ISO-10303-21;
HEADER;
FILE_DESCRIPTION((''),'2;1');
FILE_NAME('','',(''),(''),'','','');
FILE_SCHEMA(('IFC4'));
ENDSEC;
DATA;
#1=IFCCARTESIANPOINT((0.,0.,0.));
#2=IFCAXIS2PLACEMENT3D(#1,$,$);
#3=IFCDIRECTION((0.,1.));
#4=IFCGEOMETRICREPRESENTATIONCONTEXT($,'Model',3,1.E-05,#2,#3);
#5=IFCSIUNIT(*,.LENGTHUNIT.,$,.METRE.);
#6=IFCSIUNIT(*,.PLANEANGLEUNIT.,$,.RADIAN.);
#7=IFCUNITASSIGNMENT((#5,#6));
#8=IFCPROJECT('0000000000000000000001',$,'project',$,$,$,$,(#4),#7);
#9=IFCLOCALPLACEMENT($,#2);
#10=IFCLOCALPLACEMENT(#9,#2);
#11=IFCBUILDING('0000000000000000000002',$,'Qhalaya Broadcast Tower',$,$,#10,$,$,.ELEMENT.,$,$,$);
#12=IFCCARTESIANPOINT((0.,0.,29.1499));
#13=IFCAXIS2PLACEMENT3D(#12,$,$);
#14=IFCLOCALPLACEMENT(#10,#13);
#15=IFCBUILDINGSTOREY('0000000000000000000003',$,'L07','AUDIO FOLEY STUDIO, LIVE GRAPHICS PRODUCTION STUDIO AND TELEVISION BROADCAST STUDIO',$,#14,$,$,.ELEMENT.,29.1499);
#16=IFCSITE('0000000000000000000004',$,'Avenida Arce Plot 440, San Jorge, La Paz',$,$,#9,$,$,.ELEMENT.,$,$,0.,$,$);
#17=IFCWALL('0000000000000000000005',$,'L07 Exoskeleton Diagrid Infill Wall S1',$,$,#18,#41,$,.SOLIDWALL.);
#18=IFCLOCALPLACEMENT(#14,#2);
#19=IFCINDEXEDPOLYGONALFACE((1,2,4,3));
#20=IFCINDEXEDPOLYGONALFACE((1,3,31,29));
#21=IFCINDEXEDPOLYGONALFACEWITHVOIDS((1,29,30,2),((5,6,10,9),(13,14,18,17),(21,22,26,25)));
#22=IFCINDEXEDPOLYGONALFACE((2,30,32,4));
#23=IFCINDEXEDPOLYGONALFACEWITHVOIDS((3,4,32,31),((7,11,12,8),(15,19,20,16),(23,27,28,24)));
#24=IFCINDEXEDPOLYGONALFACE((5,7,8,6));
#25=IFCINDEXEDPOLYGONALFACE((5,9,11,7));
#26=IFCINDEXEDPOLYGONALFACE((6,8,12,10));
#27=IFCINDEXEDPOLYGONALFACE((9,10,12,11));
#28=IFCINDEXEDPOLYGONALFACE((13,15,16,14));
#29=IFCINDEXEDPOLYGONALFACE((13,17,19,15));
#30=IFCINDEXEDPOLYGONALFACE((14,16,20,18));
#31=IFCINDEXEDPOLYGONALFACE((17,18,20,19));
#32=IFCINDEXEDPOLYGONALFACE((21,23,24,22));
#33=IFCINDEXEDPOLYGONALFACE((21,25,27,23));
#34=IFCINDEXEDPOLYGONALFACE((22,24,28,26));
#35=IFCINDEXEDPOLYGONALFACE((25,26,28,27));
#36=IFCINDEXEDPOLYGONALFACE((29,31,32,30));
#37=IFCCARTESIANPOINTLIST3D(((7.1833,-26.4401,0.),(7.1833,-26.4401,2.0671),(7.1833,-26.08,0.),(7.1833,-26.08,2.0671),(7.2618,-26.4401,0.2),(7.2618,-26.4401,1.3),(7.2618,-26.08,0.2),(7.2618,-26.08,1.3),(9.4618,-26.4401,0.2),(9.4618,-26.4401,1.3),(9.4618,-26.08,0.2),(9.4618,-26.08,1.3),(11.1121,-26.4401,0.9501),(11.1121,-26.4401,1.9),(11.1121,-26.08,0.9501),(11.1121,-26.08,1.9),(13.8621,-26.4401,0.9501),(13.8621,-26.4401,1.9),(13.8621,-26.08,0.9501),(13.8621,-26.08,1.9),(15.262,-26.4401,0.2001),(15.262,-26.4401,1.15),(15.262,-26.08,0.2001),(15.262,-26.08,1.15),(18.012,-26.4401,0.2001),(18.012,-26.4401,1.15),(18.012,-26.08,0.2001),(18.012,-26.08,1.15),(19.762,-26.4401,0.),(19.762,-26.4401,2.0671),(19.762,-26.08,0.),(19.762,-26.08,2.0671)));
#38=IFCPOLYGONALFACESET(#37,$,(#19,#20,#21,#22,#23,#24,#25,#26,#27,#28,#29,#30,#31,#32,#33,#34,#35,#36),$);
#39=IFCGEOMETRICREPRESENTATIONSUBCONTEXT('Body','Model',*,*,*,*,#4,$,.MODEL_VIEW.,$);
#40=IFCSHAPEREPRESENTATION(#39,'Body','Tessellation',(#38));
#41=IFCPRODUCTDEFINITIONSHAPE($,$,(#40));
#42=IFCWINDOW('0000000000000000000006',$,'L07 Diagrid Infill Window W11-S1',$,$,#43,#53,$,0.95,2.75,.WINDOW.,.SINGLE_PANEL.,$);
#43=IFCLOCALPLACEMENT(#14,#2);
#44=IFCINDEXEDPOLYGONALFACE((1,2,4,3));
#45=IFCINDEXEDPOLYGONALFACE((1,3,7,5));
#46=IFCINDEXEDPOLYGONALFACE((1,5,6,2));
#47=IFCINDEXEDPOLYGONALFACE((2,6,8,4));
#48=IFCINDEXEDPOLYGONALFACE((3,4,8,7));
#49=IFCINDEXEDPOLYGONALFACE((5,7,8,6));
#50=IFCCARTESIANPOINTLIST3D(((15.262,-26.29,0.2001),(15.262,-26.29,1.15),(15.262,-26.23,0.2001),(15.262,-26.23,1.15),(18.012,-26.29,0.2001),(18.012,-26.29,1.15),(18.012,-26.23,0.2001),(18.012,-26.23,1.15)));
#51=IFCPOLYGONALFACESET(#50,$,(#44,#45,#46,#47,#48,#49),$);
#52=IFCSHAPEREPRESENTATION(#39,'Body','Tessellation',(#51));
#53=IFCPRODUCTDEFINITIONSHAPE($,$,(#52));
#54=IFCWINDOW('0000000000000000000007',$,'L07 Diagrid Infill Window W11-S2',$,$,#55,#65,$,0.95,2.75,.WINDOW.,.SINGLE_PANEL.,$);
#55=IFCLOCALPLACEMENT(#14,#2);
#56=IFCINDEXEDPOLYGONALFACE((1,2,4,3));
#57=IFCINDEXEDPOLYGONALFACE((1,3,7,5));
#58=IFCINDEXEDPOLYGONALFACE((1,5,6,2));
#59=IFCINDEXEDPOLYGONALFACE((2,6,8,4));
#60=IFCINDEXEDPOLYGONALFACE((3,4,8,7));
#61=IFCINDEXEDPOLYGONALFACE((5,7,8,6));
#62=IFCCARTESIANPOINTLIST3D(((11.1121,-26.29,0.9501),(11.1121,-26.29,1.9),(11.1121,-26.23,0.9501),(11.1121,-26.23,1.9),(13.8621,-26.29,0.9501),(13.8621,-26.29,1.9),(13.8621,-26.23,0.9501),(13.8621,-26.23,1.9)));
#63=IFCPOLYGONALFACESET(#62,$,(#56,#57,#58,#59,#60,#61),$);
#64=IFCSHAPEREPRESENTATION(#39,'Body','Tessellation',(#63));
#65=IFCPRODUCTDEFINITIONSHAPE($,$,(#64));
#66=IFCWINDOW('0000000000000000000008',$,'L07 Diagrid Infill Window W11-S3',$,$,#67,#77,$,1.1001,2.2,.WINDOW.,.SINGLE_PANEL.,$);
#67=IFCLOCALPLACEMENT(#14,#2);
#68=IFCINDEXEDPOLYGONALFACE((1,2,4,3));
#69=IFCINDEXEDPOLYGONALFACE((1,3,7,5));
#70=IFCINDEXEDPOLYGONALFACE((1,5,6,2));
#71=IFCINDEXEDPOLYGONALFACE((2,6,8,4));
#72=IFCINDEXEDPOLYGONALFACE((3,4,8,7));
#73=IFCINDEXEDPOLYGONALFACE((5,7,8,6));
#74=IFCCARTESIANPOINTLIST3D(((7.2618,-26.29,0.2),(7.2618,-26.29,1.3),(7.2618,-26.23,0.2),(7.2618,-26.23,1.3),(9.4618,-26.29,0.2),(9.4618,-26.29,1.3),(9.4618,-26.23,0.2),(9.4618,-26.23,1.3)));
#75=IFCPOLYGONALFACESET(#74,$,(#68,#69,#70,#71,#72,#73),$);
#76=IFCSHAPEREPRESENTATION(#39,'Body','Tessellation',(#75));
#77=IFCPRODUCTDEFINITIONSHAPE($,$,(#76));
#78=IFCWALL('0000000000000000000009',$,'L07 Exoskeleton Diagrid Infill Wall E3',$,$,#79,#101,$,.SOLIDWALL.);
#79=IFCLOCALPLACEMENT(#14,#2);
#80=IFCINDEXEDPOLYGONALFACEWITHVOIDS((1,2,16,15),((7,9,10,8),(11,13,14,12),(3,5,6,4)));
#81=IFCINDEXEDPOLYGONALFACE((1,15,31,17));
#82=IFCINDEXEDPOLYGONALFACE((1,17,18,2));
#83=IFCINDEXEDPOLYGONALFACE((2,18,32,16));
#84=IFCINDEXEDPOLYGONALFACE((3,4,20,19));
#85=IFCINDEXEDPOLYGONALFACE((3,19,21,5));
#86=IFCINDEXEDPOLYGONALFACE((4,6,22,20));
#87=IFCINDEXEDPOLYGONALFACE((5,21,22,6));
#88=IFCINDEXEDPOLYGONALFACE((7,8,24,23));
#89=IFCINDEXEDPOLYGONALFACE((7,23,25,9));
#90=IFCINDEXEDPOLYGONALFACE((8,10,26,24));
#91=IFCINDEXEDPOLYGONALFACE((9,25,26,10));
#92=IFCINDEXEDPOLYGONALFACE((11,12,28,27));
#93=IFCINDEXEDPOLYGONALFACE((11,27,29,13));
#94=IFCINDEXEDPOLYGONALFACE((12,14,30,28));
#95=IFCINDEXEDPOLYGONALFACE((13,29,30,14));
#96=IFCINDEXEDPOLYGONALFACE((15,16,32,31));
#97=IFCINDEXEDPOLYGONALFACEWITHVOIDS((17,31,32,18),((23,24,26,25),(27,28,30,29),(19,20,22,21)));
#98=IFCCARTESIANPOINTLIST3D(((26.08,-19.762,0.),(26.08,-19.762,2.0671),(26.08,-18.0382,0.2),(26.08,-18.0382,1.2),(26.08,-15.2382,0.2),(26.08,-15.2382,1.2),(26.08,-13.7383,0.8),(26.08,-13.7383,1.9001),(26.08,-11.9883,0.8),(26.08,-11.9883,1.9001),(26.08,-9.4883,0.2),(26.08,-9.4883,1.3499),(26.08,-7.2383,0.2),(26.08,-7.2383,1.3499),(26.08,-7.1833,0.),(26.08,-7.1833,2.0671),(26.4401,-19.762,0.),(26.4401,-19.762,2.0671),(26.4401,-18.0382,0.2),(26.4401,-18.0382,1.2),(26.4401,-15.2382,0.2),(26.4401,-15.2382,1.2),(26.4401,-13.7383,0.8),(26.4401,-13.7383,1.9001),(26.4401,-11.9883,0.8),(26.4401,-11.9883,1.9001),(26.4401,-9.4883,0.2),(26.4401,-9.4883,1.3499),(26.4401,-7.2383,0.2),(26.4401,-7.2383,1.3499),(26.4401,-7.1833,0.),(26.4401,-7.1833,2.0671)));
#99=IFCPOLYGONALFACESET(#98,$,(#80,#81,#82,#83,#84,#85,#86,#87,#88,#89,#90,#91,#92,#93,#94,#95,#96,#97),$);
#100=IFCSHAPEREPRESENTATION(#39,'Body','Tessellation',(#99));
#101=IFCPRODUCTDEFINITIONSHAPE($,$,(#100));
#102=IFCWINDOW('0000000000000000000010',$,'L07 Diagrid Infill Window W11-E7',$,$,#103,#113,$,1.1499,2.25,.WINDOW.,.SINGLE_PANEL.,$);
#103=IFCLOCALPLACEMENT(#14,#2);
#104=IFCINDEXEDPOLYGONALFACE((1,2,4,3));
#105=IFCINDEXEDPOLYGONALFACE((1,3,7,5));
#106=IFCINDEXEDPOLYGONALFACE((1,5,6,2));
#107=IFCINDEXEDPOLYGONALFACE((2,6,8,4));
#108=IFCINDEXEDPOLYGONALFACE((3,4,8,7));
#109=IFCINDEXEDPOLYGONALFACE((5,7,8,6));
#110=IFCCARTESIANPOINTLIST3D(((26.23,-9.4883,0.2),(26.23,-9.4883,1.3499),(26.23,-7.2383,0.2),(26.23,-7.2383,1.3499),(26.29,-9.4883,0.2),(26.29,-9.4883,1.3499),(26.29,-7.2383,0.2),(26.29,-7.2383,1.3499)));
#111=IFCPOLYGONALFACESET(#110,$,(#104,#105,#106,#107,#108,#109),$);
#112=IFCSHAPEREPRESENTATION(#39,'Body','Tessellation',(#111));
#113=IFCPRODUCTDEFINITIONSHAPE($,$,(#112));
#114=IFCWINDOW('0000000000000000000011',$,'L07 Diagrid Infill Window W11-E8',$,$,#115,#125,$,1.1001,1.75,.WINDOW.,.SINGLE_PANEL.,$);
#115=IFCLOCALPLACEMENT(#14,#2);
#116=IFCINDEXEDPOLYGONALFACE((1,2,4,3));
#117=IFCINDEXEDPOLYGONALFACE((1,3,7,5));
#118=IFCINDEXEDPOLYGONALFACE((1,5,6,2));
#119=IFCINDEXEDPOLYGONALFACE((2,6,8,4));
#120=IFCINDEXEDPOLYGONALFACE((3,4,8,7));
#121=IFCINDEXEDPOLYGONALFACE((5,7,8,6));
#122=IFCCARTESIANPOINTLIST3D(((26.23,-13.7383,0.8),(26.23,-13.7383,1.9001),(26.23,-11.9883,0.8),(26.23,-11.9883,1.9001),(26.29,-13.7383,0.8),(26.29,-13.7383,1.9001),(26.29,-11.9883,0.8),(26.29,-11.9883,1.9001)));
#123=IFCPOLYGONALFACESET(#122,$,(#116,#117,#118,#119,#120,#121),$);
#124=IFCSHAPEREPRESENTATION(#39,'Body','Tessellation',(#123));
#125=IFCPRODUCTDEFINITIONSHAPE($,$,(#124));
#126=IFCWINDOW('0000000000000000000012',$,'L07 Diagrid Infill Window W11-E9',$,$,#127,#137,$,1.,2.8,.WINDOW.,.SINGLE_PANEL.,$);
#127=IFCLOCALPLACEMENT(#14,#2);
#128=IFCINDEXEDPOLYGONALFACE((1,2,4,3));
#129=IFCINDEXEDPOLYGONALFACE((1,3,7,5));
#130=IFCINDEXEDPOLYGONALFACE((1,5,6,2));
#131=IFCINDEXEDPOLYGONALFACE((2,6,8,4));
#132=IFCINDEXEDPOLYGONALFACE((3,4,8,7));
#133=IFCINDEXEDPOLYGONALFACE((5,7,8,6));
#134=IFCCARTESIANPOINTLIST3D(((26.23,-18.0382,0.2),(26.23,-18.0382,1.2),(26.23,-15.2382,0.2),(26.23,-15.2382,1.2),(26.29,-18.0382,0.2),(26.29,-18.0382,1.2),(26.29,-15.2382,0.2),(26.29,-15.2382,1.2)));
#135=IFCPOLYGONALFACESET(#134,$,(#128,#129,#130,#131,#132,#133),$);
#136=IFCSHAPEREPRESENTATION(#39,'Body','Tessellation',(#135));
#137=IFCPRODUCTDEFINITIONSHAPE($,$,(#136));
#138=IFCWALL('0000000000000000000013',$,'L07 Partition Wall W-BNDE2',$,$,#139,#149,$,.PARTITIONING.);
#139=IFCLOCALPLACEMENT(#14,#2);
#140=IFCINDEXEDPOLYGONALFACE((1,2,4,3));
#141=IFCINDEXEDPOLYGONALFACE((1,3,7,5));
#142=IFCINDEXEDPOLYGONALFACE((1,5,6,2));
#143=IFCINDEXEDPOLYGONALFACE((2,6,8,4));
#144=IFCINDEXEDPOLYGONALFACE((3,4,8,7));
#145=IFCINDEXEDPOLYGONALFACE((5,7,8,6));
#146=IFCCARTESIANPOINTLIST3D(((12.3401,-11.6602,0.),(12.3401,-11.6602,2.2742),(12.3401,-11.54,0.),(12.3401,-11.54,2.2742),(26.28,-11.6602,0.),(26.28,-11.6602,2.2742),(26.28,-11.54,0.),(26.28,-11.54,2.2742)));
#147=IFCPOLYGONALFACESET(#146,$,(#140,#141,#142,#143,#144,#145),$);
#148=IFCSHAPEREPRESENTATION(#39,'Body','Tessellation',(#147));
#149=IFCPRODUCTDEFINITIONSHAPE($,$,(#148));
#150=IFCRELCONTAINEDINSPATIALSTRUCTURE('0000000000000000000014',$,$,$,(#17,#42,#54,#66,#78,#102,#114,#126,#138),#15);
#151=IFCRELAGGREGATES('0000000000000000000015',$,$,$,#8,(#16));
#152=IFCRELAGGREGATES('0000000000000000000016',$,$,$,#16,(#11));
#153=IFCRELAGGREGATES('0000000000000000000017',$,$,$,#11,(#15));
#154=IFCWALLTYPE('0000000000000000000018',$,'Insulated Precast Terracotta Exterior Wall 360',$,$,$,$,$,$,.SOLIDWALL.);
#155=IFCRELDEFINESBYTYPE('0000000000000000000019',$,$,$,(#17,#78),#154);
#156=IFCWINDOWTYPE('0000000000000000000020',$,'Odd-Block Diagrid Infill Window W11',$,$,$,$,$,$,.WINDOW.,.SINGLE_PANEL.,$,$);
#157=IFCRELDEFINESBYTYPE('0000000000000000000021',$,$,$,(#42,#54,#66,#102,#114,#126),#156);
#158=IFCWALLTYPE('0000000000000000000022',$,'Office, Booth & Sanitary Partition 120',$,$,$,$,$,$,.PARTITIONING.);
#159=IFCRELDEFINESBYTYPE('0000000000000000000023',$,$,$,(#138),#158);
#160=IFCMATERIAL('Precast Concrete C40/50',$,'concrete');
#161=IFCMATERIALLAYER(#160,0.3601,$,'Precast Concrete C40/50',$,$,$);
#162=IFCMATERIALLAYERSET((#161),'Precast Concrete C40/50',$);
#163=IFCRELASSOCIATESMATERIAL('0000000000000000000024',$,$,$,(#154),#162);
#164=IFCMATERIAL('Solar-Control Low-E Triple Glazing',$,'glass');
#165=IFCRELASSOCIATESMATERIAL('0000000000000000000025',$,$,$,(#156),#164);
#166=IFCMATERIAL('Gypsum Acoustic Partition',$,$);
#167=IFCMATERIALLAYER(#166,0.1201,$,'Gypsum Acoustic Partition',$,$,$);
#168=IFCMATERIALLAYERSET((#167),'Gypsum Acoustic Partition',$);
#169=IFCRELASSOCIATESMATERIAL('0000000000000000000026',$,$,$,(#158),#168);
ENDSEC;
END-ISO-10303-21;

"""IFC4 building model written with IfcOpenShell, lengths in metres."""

from ifc_helpers import new_model, si_unit, direction, frame, frame_2d, origin, place, context, subcontext, project, spatial, rectangle, extrude, material, layer, layer_set, type_object, element, fill, save


model = new_model("IFC4")

# Units and contexts
model_context = context("Model", 3, precision=1e-05, world=origin(), true_north=direction((0.0, 1.0)))
body_context = subcontext(model_context, "Body", "Model", "MODEL_VIEW")
ifc_project = project(units=[si_unit("LENGTHUNIT", "METRE"), si_unit("PLANEANGLEUNIT", "RADIAN")], contexts=[model_context])

# Site, building, storey
site_placement = place(None, origin())
site = spatial("IfcSite", under=ifc_project, at=site_placement, Name="Avenida Arce Plot 440, San Jorge, La Paz", CompositionType="ELEMENT", RefElevation=0.0)
building_placement = place(site_placement, origin())
building = spatial("IfcBuilding", under=site, at=building_placement, Name="Qhalaya Broadcast Tower", CompositionType="ELEMENT")
storey_placement = place(building_placement, frame((0.0, 0.0, 29.1499)))
storey = spatial("IfcBuildingStorey", under=building, at=storey_placement, Name="L07", Description="AUDIO FOLEY STUDIO, LIVE GRAPHICS PRODUCTION STUDIO AND TELEVISION BROADCAST STUDIO", CompositionType="ELEMENT", Elevation=29.1499)

# Shared definitions
ifc_material_1 = material(Name="Gypsum Acoustic Partition")

# Walls, openings, windows
ifc_material_2 = material(Name="Precast Concrete C40/50", Category="concrete")
ifc_layer_1 = layer(ifc_material_2, 0.3601, Name="Precast Concrete C40/50")
ifc_layer_set_1 = layer_set([ifc_layer_1], Name="Precast Concrete C40/50")
wall_type_1 = type_object("IfcWallType", Name="Insulated Precast Terracotta Exterior Wall 360", PredefinedType="SOLIDWALL", material=ifc_layer_set_1)
wall_1_placement = place(storey_placement, frame((19.762, -26.26, 0.0), z_axis=(0.0, 0.0, 1.0), x_axis=(-1.0, 0.0, 0.0)))
wall_1 = element("IfcWall", 1, at=wall_1_placement, inside=storey, type_object=wall_type_1, Name="L07 Exoskeleton Diagrid Infill Wall S1", PredefinedType="SOLIDWALL", context=body_context, shape_type="SweptSolid", body=[
    extrude(rectangle(XDim=12.5786, YDim=0.3601, at=frame_2d((6.2893, 0.0))), origin(), (0.0, 0.0, 1.0), 2.0671),
])
opening_1_placement = place(wall_1_placement, frame((1.75, 0.0, 0.2)))
opening_1 = element("IfcOpeningElement", 2, at=opening_1_placement, cuts=wall_1, PredefinedType="OPENING", context=body_context, shape_type="SweptSolid", body=[
    extrude(rectangle(XDim=2.75, YDim=0.95, at=frame_2d((1.375, 0.4751))), frame((0.0, 0.1921, 0.0), z_axis=(0.0, -1.0, 0.0), x_axis=(1.0, 0.0, 0.0)), (0.0, 0.0, 1.0), 0.384),
])
opening_2_placement = place(wall_1_placement, frame((5.8999, 0.0, 0.95)))
opening_2 = element("IfcOpeningElement", 3, at=opening_2_placement, cuts=wall_1, PredefinedType="OPENING", context=body_context, shape_type="SweptSolid", body=[
    extrude(rectangle(XDim=2.75, YDim=0.95, at=frame_2d((1.375, 0.4751))), frame((0.0, 0.1921, 0.0), z_axis=(0.0, -1.0, 0.0), x_axis=(1.0, 0.0, 0.0)), (0.0, 0.0, 1.0), 0.384),
])
opening_3_placement = place(wall_1_placement, frame((10.3, 0.0, 0.2)))
opening_3 = element("IfcOpeningElement", 4, at=opening_3_placement, cuts=wall_1, PredefinedType="OPENING", context=body_context, shape_type="SweptSolid", body=[
    extrude(rectangle(XDim=2.2, YDim=1.1001, at=frame_2d((1.1001, 0.55))), frame((0.0, 0.1921, 0.0), z_axis=(0.0, -1.0, 0.0), x_axis=(1.0, 0.0, 0.0)), (0.0, 0.0, 1.0), 0.384),
])
ifc_material_3 = material(Name="Solar-Control Low-E Triple Glazing", Category="glass")
window_type = type_object("IfcWindowType", Name="Odd-Block Diagrid Infill Window W11", PartitioningType="SINGLE_PANEL", PredefinedType="WINDOW", material=ifc_material_3)
window_1_placement = place(opening_1_placement, origin())
window_1 = element("IfcWindow", 5, at=window_1_placement, inside=storey, type_object=window_type, Name="L07 Diagrid Infill Window W11-S1", OverallHeight=0.95, OverallWidth=2.75, PartitioningType="SINGLE_PANEL", PredefinedType="WINDOW", context=body_context, shape_type="SweptSolid", body=[
    extrude(rectangle(XDim=2.75, YDim=0.95, at=frame_2d((1.375, 0.4751))), frame((0.0, 0.03, 0.0), z_axis=(0.0, -1.0, 0.0), x_axis=(1.0, 0.0, 0.0)), (0.0, 0.0, 1.0), 0.0601),
])
fill(opening_1, window_1)
window_2_placement = place(opening_2_placement, origin())
window_2 = element("IfcWindow", 6, at=window_2_placement, inside=storey, type_object=window_type, Name="L07 Diagrid Infill Window W11-S2", OverallHeight=0.95, OverallWidth=2.75, PartitioningType="SINGLE_PANEL", PredefinedType="WINDOW", context=body_context, shape_type="SweptSolid", body=[
    extrude(rectangle(XDim=2.75, YDim=0.95, at=frame_2d((1.375, 0.4751))), frame((0.0, 0.03, 0.0), z_axis=(0.0, -1.0, 0.0), x_axis=(1.0, 0.0, 0.0)), (0.0, 0.0, 1.0), 0.0601),
])
fill(opening_2, window_2)
window_3_placement = place(opening_3_placement, origin())
window_3 = element("IfcWindow", 7, at=window_3_placement, inside=storey, type_object=window_type, Name="L07 Diagrid Infill Window W11-S3", OverallHeight=1.1001, OverallWidth=2.2, PartitioningType="SINGLE_PANEL", PredefinedType="WINDOW", context=body_context, shape_type="SweptSolid", body=[
    extrude(rectangle(XDim=2.2, YDim=1.1001, at=frame_2d((1.1001, 0.55))), frame((0.0, 0.03, 0.0), z_axis=(0.0, -1.0, 0.0), x_axis=(1.0, 0.0, 0.0)), (0.0, 0.0, 1.0), 0.0601),
])
fill(opening_3, window_3)
wall_2_placement = place(storey_placement, frame((26.26, -7.1833, 0.0), z_axis=(0.0, 0.0, 1.0), x_axis=(0.0, -1.0, 0.0)))
wall_2 = element("IfcWall", 8, at=wall_2_placement, inside=storey, type_object=wall_type_1, Name="L07 Exoskeleton Diagrid Infill Wall E3", PredefinedType="SOLIDWALL", context=body_context, shape_type="SweptSolid", body=[
    extrude(rectangle(XDim=12.5786, YDim=0.3601, at=frame_2d((6.2893, 0.0))), origin(), (0.0, 0.0, 1.0), 2.0671),
])
opening_4_placement = place(wall_2_placement, frame((0.0549, 0.0, 0.2)))
opening_4 = element("IfcOpeningElement", 9, at=opening_4_placement, cuts=wall_2, PredefinedType="OPENING", context=body_context, shape_type="SweptSolid", body=[
    extrude(rectangle(XDim=2.25, YDim=1.1499, at=frame_2d((1.125, 0.575))), frame((0.0, 0.1921, 0.0), z_axis=(0.0, -1.0, 0.0), x_axis=(1.0, 0.0, 0.0)), (0.0, 0.0, 1.0), 0.384),
])
opening_5_placement = place(wall_2_placement, frame((4.8049, 0.0, 0.8)))
opening_5 = element("IfcOpeningElement", 10, at=opening_5_placement, cuts=wall_2, PredefinedType="OPENING", context=body_context, shape_type="SweptSolid", body=[
    extrude(rectangle(XDim=1.75, YDim=1.1001, at=frame_2d((0.875, 0.55))), frame((0.0, 0.1921, 0.0), z_axis=(0.0, -1.0, 0.0), x_axis=(1.0, 0.0, 0.0)), (0.0, 0.0, 1.0), 0.384),
])
opening_6_placement = place(wall_2_placement, frame((8.0549, 0.0, 0.2)))
opening_6 = element("IfcOpeningElement", 11, at=opening_6_placement, cuts=wall_2, PredefinedType="OPENING", context=body_context, shape_type="SweptSolid", body=[
    extrude(rectangle(XDim=2.8, YDim=1.0, at=frame_2d((1.3999, 0.5))), frame((0.0, 0.1921, 0.0), z_axis=(0.0, -1.0, 0.0), x_axis=(1.0, 0.0, 0.0)), (0.0, 0.0, 1.0), 0.384),
])
window_4_placement = place(opening_4_placement, origin())
window_4 = element("IfcWindow", 12, at=window_4_placement, inside=storey, type_object=window_type, Name="L07 Diagrid Infill Window W11-E7", OverallHeight=1.1499, OverallWidth=2.25, PartitioningType="SINGLE_PANEL", PredefinedType="WINDOW", context=body_context, shape_type="SweptSolid", body=[
    extrude(rectangle(XDim=2.25, YDim=1.1499, at=frame_2d((1.125, 0.575))), frame((0.0, 0.03, 0.0), z_axis=(0.0, -1.0, 0.0), x_axis=(1.0, 0.0, 0.0)), (0.0, 0.0, 1.0), 0.0601),
])
fill(opening_4, window_4)
window_5_placement = place(opening_5_placement, origin())
window_5 = element("IfcWindow", 13, at=window_5_placement, inside=storey, type_object=window_type, Name="L07 Diagrid Infill Window W11-E8", OverallHeight=1.1001, OverallWidth=1.75, PartitioningType="SINGLE_PANEL", PredefinedType="WINDOW", context=body_context, shape_type="SweptSolid", body=[
    extrude(rectangle(XDim=1.75, YDim=1.1001, at=frame_2d((0.875, 0.55))), frame((0.0, 0.03, 0.0), z_axis=(0.0, -1.0, 0.0), x_axis=(1.0, 0.0, 0.0)), (0.0, 0.0, 1.0), 0.0601),
])
fill(opening_5, window_5)
window_6_placement = place(opening_6_placement, origin())
window_6 = element("IfcWindow", 14, at=window_6_placement, inside=storey, type_object=window_type, Name="L07 Diagrid Infill Window W11-E9", OverallHeight=1.0, OverallWidth=2.8, PartitioningType="SINGLE_PANEL", PredefinedType="WINDOW", context=body_context, shape_type="SweptSolid", body=[
    extrude(rectangle(XDim=2.8, YDim=1.0, at=frame_2d((1.3999, 0.5))), frame((0.0, 0.03, 0.0), z_axis=(0.0, -1.0, 0.0), x_axis=(1.0, 0.0, 0.0)), (0.0, 0.0, 1.0), 0.0601),
])
fill(opening_6, window_6)

# Wall
ifc_layer_2 = layer(ifc_material_1, 0.1201, Name="Gypsum Acoustic Partition")
ifc_layer_set_2 = layer_set([ifc_layer_2], Name="Gypsum Acoustic Partition")
wall_type_2 = type_object("IfcWallType", Name="Office, Booth & Sanitary Partition 120", PredefinedType="PARTITIONING", material=ifc_layer_set_2)
wall_3_placement = place(storey_placement, frame((12.3401, -11.6001, 0.0), z_axis=(0.0, 0.0, 1.0), x_axis=(1.0, 0.0, 0.0)))
element("IfcWall", 15, at=wall_3_placement, inside=storey, type_object=wall_type_2, Name="L07 Partition Wall W-BNDE2", PredefinedType="PARTITIONING", context=body_context, shape_type="SweptSolid", body=[
    extrude(rectangle(XDim=13.9399, YDim=0.1201, at=frame_2d((6.97, 0.0))), origin(), (0.0, 0.0, 1.0), 2.2742),
])

save(model, "model.ifc")
